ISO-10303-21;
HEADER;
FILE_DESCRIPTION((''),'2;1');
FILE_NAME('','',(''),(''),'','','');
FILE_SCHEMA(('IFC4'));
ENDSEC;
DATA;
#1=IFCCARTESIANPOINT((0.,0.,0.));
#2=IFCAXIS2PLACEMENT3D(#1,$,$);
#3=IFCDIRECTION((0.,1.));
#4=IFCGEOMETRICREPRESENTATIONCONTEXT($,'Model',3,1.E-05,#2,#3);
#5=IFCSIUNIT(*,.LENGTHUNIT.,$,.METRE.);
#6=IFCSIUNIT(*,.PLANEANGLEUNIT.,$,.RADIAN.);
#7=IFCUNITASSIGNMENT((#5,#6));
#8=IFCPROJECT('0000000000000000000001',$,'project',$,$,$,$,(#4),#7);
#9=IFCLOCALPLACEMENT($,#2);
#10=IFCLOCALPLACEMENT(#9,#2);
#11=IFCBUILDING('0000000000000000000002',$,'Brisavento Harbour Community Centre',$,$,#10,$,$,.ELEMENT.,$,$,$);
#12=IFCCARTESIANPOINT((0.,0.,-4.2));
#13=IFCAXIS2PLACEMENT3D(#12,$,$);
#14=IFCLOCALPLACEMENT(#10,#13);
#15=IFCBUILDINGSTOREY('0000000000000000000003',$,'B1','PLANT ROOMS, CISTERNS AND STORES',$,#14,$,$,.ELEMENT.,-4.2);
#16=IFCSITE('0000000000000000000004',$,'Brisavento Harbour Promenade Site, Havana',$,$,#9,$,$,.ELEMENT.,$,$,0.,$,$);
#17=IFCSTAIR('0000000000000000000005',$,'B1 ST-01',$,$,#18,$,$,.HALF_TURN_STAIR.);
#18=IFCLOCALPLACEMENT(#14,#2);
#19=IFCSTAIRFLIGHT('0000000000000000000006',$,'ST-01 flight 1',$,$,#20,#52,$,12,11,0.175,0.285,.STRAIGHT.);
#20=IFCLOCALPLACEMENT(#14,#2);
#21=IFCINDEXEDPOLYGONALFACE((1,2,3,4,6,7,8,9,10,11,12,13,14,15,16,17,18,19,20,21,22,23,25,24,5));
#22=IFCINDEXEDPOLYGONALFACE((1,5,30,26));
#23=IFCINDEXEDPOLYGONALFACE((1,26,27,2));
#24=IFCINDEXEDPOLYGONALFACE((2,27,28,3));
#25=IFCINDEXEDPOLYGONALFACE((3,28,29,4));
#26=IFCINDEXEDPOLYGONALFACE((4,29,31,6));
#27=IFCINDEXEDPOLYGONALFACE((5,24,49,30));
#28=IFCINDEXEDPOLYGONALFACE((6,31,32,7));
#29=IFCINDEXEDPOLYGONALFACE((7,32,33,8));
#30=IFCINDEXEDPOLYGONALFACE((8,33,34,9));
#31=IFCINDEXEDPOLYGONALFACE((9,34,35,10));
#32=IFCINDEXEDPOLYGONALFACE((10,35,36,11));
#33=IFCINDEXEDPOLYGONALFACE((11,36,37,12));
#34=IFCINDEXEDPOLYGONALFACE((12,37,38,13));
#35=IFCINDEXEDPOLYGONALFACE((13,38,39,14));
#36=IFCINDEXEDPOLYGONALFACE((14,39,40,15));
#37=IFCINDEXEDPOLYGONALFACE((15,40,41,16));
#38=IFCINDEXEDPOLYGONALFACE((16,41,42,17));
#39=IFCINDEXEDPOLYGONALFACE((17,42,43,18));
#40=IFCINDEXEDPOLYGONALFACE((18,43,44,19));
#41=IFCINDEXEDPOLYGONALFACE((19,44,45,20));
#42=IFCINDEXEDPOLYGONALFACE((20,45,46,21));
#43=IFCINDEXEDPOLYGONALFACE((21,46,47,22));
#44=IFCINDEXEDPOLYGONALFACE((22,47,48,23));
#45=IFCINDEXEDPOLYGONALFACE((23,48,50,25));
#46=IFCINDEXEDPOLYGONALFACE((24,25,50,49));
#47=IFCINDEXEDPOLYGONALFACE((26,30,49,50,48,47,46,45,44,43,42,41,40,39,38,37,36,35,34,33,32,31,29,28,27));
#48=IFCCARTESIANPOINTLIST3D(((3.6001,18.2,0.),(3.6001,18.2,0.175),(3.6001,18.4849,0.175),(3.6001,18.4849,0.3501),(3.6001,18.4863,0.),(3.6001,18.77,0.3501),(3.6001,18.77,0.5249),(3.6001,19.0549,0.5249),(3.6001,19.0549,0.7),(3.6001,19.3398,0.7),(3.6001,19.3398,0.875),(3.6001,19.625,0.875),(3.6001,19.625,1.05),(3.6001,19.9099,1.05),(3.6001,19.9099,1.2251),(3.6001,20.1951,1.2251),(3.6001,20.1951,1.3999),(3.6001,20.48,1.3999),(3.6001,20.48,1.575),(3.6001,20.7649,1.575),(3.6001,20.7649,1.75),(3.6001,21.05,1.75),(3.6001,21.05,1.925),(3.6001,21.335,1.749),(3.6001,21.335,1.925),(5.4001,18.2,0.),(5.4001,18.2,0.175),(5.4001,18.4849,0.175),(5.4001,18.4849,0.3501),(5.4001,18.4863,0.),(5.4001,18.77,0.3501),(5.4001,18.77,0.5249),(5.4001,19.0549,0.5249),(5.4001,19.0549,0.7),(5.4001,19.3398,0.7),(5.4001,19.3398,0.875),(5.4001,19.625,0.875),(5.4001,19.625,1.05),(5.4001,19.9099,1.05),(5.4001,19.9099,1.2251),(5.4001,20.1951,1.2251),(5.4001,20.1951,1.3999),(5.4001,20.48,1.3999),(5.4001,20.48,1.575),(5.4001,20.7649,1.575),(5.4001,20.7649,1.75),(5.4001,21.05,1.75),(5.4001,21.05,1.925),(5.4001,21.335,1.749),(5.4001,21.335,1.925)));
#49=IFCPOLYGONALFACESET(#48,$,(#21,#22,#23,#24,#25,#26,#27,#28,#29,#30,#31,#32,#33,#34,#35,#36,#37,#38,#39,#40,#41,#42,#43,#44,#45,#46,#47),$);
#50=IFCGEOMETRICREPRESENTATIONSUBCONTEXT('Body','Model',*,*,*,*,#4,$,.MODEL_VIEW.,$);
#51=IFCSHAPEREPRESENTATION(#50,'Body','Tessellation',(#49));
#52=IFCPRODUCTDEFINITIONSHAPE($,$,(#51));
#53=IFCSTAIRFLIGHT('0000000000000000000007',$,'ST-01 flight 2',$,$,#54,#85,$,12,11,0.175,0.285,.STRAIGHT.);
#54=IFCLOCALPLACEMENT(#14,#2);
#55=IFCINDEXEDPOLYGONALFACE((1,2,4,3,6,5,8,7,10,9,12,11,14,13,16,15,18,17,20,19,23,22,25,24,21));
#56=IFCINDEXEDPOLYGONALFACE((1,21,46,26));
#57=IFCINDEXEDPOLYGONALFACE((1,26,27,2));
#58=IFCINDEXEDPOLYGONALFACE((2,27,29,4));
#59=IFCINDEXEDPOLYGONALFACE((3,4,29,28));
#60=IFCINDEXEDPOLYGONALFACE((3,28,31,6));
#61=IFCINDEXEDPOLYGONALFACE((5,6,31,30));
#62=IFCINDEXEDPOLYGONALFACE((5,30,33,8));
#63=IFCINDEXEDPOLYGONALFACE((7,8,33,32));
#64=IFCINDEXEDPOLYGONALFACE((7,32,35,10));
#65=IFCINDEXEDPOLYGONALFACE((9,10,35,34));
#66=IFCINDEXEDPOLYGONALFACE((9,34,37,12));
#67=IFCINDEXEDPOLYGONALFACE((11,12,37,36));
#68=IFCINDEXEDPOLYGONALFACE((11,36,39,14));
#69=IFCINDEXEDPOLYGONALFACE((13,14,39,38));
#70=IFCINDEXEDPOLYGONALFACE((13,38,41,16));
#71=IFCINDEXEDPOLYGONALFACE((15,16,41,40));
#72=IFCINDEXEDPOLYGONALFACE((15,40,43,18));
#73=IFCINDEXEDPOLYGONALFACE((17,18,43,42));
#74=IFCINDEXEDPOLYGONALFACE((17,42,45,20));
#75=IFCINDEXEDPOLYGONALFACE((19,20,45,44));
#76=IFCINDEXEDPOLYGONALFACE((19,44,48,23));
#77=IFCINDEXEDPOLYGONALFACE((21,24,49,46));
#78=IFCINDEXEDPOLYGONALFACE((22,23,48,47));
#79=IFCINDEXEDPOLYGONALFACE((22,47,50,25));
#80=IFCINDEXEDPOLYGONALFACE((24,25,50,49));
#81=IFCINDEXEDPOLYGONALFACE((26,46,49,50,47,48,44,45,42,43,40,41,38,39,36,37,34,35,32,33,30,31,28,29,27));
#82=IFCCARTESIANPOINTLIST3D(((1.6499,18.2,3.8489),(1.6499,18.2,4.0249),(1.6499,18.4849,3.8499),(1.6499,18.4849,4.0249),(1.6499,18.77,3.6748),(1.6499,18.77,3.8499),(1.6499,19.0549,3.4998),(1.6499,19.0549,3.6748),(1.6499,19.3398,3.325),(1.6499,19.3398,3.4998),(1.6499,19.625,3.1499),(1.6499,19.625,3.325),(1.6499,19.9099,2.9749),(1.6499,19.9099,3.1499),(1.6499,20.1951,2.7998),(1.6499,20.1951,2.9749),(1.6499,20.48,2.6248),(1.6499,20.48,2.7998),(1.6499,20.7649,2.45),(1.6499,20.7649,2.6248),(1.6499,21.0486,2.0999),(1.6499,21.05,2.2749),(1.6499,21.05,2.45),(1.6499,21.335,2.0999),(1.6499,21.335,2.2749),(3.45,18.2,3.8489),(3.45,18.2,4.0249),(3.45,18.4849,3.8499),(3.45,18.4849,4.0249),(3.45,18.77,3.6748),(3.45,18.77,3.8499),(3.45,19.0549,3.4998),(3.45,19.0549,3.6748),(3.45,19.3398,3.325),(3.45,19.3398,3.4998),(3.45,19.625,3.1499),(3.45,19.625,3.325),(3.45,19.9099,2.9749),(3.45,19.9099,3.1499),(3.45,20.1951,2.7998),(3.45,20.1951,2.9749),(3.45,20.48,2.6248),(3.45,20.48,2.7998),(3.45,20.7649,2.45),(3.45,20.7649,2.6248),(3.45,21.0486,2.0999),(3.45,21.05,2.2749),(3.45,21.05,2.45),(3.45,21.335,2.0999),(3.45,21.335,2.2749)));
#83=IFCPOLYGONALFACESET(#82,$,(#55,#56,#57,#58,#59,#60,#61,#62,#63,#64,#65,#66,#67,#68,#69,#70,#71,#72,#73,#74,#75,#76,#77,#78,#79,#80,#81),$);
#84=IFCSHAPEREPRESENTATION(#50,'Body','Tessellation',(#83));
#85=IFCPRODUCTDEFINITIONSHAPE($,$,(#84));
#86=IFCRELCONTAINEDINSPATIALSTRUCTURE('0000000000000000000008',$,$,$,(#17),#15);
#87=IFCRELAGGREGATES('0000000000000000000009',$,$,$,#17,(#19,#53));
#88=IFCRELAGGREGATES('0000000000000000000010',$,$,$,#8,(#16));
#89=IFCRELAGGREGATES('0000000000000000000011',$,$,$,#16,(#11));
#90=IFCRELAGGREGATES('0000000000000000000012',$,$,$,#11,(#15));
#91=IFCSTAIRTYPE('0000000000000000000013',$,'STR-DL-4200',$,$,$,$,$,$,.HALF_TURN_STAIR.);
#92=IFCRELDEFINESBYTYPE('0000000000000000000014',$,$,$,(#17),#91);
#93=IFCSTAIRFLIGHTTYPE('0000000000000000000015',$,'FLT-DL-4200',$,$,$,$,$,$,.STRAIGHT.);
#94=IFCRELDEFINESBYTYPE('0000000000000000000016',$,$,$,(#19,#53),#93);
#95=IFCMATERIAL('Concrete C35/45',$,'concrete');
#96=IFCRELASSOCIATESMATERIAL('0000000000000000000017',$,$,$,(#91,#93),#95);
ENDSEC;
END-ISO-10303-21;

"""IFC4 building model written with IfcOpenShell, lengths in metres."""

from ifc_helpers import new_model, si_unit, direction, frame, origin, place, context, subcontext, project, spatial, polyline, outline, extrude, material, type_object, element, aggregate, save


model = new_model("IFC4")

# Units and contexts
model_context = context("Model", 3, precision=1e-05, world=origin(), true_north=direction((0.0, 1.0)))
body_context = subcontext(model_context, "Body", "Model", "MODEL_VIEW")
ifc_project = project(units=[si_unit("LENGTHUNIT", "METRE"), si_unit("PLANEANGLEUNIT", "RADIAN")], contexts=[model_context])

# Site, building, storey
site_placement = place(None, origin())
site = spatial("IfcSite", under=ifc_project, at=site_placement, Name="Brisavento Harbour Promenade Site, Havana", CompositionType="ELEMENT", RefElevation=0.0)
building_placement = place(site_placement, origin())
building = spatial("IfcBuilding", under=site, at=building_placement, Name="Brisavento Harbour Community Centre", CompositionType="ELEMENT")
storey_placement = place(building_placement, frame((0.0, 0.0, -4.2)))
storey = spatial("IfcBuildingStorey", under=building, at=storey_placement, Name="B1", Description="PLANT ROOMS, CISTERNS AND STORES", CompositionType="ELEMENT", Elevation=-4.2)

# Shared definitions
ifc_material_1 = material(Name="Concrete C35/45", Category="concrete")

# Stair, stair flights
stair_type = type_object("IfcStairType", Name="STR-DL-4200", PredefinedType="HALF_TURN_STAIR", material=ifc_material_1)
stair_placement = place(storey_placement, origin())
stair = element("IfcStair", 1, at=stair_placement, inside=storey, type_object=stair_type, Name="B1 ST-01", PredefinedType="HALF_TURN_STAIR")
stair_flight_type = type_object("IfcStairFlightType", Name="FLT-DL-4200", PredefinedType="STRAIGHT", material=ifc_material_1)
stair_flight_1_placement = place(storey_placement, frame((4.5, 18.2, 0.0), z_axis=(0.0, 0.0, 1.0), x_axis=(0.0, 1.0, 0.0)))
stair_flight_1 = element("IfcStairFlight", 2, at=stair_flight_1_placement, type_object=stair_flight_type, Name="ST-01 flight 1", NumberOfRisers=12, NumberOfTreads=11, PredefinedType="STRAIGHT", RiserHeight=0.175, TreadLength=0.285, context=body_context, shape_type="SweptSolid", body=[
    extrude(outline(polyline([(0.0, 0.0), (0.0, 0.175), (0.2849, 0.175), (0.2849, 0.3501), (0.5701, 0.3501), (0.5701, 0.5249), (0.855, 0.5249), (0.855, 0.7), (1.1399, 0.7), (1.1399, 0.875), (1.425, 0.875), (1.425, 1.05), (1.71, 1.05), (1.71, 1.2251), (1.9951, 1.2251), (1.9951, 1.3999), (2.28, 1.3999), (2.28, 1.575), (2.5649, 1.575), (2.5649, 1.75), (2.8501, 1.75), (2.8501, 1.925), (3.135, 1.925), (3.135, 2.1001), (3.135, 1.749), (0.2864, 0.0), (0.0, 0.0)])), frame((0.0, 0.8999, 0.0), z_axis=(0.0, -1.0, 0.0), x_axis=(1.0, 0.0, 0.0)), (0.0, 0.0, 1.0), 1.8),
])
stair_flight_2_placement = place(storey_placement, frame((2.55, 21.335, 2.0999), z_axis=(0.0, 0.0, 1.0), x_axis=(0.0, -1.0, 0.0)))
stair_flight_2 = element("IfcStairFlight", 3, at=stair_flight_2_placement, type_object=stair_flight_type, Name="ST-01 flight 2", NumberOfRisers=12, NumberOfTreads=11, PredefinedType="STRAIGHT", RiserHeight=0.175, TreadLength=0.285, context=body_context, shape_type="SweptSolid", body=[
    extrude(outline(polyline([(0.0, 0.0), (0.0, 0.175), (0.2849, 0.175), (0.2849, 0.3501), (0.5701, 0.3501), (0.5701, 0.5249), (0.855, 0.5249), (0.855, 0.7), (1.1399, 0.7), (1.1399, 0.875), (1.425, 0.875), (1.425, 1.05), (1.71, 1.05), (1.71, 1.2251), (1.9951, 1.2251), (1.9951, 1.3999), (2.28, 1.3999), (2.28, 1.575), (2.5649, 1.575), (2.5649, 1.75), (2.8501, 1.75), (2.8501, 1.925), (3.135, 1.925), (3.135, 2.1001), (3.135, 1.749), (0.2864, 0.0), (0.0, 0.0)])), frame((0.0, 0.8999, 0.0), z_axis=(0.0, -1.0, 0.0), x_axis=(1.0, 0.0, 0.0)), (0.0, 0.0, 1.0), 1.8),
])
aggregate(stair, [stair_flight_1, stair_flight_2])

save(model, "model.ifc")
